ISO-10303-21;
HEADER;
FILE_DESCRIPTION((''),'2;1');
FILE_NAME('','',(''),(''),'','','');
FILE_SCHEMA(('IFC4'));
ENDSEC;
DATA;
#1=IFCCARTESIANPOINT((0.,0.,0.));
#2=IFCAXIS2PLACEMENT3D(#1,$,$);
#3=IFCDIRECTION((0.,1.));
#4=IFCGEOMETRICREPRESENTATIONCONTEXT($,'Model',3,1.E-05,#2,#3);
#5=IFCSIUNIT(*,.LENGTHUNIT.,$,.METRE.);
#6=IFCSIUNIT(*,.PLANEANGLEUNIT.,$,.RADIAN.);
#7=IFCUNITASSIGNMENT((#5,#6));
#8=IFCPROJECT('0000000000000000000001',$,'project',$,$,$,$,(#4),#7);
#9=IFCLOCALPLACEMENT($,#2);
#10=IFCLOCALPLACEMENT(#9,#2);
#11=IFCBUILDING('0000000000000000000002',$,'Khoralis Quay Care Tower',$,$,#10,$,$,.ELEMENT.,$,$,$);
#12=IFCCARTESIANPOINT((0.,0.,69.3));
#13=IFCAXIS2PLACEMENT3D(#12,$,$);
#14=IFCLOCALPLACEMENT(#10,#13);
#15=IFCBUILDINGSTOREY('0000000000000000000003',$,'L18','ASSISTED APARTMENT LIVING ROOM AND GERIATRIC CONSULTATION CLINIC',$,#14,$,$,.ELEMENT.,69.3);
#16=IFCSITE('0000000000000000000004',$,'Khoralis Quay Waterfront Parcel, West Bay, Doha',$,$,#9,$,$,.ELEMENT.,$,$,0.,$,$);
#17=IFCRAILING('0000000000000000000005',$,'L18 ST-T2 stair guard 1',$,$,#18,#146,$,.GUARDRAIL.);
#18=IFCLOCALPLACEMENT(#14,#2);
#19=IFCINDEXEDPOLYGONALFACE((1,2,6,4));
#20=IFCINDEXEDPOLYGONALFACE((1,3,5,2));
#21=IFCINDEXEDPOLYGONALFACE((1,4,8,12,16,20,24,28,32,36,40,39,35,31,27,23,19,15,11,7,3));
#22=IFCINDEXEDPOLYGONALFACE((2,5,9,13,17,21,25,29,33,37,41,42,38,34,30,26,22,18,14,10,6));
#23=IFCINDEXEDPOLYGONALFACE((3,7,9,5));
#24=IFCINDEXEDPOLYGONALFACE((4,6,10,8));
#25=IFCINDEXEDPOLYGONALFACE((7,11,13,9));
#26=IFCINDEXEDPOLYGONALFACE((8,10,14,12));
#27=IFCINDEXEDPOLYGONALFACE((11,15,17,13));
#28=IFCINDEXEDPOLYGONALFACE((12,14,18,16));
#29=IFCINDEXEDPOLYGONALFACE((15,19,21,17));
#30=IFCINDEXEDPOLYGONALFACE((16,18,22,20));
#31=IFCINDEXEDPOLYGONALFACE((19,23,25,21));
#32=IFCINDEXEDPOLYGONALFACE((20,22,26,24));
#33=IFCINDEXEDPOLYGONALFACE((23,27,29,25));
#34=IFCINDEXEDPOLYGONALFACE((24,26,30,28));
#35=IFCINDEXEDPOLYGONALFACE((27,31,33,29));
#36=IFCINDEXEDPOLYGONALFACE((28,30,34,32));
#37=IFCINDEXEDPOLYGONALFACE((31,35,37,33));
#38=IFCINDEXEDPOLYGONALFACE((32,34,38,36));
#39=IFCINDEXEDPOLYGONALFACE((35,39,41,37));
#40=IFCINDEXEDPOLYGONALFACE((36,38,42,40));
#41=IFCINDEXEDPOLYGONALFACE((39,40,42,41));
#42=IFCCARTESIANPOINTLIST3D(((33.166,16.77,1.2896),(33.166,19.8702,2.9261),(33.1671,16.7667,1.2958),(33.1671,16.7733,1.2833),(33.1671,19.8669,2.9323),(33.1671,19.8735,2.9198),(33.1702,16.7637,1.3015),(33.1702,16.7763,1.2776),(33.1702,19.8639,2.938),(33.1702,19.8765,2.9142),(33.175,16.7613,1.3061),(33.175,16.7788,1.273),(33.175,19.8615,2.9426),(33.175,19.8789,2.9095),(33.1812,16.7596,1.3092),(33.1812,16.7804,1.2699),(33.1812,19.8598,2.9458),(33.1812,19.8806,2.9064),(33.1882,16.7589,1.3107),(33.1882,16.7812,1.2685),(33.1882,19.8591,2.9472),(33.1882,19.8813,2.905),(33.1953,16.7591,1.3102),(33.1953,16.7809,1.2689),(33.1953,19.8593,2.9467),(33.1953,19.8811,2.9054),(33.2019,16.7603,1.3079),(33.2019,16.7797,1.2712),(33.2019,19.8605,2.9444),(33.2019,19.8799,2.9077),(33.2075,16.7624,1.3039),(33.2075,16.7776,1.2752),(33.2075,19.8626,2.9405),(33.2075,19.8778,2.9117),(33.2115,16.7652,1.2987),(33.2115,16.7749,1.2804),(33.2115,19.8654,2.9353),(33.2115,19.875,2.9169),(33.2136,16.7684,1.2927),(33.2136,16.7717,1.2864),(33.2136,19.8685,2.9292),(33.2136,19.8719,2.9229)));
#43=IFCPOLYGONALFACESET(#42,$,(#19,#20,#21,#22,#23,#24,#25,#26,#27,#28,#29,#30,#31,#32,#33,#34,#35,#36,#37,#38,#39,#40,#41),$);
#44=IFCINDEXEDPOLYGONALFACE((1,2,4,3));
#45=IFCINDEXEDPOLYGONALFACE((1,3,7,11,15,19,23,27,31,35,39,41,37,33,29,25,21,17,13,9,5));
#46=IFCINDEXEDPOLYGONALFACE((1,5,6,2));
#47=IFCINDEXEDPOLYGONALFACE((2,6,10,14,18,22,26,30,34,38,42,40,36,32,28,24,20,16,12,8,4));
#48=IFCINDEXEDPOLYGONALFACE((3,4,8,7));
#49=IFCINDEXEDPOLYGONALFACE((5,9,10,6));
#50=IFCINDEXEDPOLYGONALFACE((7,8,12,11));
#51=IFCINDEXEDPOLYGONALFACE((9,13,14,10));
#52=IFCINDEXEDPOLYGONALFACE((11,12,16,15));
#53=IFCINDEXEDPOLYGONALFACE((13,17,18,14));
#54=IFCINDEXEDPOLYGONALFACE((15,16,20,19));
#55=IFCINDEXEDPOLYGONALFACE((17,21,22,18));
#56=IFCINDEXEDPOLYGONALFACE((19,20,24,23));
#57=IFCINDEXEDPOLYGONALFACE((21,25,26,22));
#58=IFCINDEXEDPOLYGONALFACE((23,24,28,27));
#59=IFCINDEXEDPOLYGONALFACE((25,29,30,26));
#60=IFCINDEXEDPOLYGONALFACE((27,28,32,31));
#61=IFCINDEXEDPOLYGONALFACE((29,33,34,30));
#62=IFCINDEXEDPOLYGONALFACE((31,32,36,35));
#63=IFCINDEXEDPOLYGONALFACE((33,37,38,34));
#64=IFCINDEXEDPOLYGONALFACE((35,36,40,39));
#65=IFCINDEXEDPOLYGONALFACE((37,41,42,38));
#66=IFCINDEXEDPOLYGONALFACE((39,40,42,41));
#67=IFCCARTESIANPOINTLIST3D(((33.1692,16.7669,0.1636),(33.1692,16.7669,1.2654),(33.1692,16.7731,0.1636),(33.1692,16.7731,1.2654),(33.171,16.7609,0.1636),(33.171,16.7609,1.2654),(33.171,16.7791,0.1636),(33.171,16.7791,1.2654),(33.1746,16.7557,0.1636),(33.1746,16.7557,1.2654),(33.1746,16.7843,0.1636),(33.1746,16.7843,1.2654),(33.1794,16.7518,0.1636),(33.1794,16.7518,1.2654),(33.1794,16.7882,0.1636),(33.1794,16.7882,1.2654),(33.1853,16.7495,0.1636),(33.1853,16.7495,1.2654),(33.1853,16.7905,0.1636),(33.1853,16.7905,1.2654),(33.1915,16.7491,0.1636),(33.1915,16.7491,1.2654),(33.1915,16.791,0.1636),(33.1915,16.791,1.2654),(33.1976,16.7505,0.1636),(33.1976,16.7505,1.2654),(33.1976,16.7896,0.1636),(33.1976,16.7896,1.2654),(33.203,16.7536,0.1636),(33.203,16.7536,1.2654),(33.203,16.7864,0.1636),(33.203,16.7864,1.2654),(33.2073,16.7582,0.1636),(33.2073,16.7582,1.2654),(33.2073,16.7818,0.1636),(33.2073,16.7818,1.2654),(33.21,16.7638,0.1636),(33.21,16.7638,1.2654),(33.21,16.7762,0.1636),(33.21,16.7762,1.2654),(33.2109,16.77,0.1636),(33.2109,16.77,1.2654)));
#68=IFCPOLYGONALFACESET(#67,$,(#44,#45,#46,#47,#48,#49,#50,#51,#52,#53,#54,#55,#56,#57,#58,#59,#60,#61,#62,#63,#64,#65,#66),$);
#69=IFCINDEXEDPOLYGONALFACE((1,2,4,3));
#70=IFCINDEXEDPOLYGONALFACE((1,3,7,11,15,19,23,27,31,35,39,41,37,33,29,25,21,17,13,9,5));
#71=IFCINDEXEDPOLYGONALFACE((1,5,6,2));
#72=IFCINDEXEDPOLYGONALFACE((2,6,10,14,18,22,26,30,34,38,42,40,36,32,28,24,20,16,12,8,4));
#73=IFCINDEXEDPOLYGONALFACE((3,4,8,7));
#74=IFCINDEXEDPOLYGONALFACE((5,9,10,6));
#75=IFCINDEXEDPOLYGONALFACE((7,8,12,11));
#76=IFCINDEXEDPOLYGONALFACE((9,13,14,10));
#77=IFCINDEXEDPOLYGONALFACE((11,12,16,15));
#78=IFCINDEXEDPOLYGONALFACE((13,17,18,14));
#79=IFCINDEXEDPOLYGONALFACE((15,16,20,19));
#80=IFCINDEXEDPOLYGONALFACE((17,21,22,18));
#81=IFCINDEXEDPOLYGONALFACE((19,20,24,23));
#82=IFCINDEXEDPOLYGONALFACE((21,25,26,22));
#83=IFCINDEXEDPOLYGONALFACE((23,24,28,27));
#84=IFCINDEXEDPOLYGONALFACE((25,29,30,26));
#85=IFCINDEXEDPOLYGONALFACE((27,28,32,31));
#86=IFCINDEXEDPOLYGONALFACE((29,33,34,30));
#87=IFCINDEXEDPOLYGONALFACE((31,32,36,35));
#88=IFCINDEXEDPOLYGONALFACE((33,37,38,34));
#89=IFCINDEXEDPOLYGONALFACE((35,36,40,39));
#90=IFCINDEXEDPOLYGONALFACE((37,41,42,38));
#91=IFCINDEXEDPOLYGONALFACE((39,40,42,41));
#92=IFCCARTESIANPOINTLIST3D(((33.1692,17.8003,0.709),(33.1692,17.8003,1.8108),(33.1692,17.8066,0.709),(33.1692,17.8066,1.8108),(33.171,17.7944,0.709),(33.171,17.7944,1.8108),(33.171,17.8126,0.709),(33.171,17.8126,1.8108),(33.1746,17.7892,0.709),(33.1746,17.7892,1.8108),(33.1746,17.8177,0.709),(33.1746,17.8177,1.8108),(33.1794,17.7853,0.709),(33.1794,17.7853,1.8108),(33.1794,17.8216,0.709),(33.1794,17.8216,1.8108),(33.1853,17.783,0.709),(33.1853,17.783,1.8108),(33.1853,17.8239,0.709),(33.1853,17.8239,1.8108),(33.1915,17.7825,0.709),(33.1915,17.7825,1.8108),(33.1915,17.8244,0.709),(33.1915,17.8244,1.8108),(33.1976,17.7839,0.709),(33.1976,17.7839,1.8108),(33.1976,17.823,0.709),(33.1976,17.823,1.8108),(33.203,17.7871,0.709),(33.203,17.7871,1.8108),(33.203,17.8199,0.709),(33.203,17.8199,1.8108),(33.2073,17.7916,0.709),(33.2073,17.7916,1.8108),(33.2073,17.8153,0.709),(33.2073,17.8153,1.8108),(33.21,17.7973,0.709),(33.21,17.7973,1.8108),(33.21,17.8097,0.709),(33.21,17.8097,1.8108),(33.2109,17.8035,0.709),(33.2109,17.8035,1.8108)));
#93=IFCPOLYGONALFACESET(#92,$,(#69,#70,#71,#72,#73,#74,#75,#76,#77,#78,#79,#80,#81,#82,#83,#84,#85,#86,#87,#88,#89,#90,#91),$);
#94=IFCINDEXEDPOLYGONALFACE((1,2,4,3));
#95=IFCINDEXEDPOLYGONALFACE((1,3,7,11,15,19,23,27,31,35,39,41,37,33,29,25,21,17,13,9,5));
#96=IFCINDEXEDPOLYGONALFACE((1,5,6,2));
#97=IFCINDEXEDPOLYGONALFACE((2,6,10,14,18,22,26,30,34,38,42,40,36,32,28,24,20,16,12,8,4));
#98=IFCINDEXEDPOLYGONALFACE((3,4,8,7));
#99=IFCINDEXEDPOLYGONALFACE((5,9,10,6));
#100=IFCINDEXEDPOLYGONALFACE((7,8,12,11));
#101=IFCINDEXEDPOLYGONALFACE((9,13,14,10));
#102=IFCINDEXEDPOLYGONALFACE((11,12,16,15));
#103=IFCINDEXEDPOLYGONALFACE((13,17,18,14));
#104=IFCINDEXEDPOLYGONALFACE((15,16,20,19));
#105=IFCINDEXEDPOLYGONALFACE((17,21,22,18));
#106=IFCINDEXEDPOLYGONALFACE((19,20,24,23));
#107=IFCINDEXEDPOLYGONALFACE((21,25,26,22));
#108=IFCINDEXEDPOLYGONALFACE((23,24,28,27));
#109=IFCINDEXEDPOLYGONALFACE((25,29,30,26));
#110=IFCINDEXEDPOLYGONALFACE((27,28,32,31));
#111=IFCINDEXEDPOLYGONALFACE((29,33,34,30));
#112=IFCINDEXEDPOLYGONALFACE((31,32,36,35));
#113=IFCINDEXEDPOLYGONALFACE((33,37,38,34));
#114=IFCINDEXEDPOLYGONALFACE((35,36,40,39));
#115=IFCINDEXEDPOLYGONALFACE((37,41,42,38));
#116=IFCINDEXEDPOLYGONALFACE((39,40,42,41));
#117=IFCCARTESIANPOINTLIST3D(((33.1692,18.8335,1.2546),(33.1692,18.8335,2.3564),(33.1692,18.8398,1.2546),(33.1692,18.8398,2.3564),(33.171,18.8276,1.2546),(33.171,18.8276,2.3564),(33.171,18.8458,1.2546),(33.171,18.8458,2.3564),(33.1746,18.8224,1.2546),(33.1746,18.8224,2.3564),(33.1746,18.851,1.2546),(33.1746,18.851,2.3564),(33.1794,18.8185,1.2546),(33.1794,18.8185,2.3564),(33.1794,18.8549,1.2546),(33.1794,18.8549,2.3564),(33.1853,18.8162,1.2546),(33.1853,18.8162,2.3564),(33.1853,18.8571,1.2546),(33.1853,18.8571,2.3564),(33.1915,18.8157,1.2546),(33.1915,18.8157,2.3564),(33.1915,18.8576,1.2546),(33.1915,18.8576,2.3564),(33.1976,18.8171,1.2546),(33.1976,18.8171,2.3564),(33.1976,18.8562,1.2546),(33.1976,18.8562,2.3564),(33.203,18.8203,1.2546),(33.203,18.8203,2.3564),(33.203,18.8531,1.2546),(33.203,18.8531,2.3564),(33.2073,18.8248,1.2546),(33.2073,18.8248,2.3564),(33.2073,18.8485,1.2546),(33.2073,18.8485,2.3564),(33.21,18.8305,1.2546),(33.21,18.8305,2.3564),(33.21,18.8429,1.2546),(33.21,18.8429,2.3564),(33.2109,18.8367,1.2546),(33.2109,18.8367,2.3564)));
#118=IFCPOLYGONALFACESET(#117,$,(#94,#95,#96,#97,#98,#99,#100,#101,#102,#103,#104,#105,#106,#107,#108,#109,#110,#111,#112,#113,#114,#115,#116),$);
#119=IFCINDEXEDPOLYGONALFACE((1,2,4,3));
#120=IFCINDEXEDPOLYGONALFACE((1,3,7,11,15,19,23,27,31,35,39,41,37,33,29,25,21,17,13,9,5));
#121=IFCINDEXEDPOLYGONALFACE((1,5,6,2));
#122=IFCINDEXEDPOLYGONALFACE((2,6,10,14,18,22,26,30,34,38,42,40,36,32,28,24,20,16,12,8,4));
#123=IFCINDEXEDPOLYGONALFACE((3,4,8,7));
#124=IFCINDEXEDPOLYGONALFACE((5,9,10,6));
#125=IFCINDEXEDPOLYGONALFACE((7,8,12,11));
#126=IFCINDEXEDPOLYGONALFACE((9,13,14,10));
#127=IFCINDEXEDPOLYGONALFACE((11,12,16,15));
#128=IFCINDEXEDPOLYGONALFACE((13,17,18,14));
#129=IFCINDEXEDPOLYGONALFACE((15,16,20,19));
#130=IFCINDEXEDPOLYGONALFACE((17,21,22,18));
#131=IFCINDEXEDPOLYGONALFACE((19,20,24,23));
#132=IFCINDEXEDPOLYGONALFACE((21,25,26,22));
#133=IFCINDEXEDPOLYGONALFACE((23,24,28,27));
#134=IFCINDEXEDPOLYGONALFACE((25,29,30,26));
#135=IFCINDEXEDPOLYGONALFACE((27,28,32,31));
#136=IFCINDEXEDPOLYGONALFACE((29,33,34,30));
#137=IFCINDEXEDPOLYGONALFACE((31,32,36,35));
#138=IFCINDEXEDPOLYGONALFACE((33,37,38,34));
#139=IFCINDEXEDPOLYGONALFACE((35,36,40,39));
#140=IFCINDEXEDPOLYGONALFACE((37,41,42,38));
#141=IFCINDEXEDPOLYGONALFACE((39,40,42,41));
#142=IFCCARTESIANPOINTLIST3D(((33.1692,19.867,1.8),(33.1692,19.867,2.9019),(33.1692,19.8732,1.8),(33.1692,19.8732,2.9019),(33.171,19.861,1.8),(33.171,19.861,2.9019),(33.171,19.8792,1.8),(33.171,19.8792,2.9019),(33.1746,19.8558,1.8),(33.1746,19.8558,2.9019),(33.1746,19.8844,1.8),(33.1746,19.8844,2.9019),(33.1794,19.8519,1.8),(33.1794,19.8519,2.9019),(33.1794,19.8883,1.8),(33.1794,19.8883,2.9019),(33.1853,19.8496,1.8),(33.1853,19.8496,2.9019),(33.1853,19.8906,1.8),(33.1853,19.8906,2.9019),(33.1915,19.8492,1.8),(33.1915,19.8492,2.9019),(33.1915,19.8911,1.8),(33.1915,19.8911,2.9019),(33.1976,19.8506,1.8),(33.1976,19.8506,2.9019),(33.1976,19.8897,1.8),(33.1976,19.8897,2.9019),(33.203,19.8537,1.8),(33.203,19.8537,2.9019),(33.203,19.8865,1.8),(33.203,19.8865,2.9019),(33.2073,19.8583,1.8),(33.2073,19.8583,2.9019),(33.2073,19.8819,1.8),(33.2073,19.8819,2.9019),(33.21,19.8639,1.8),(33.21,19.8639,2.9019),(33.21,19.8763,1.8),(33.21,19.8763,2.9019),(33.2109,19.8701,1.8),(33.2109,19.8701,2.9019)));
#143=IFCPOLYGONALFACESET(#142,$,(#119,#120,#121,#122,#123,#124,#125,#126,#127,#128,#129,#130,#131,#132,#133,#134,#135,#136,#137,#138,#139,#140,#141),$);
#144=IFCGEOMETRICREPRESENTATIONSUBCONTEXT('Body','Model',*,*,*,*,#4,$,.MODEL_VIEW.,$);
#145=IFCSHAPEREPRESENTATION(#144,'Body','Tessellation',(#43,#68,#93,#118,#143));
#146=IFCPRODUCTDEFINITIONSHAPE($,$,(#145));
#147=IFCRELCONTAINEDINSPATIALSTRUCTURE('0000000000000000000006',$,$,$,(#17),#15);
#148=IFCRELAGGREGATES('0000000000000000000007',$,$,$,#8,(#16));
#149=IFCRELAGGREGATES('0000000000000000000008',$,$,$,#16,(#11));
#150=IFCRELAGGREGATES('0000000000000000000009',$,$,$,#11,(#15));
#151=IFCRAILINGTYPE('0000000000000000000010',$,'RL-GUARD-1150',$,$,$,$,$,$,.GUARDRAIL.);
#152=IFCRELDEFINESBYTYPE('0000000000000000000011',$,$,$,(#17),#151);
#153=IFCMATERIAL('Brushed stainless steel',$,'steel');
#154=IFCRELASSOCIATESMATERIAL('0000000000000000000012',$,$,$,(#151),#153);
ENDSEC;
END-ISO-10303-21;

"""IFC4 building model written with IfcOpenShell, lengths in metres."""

from ifc_helpers import new_model, si_unit, direction, frame, origin, origin_2d, place, context, subcontext, project, spatial, circle, extrude, material, type_object, element, save


model = new_model("IFC4")

# Units and contexts
model_context = context("Model", 3, precision=1e-05, world=origin(), true_north=direction((0.0, 1.0)))
body_context = subcontext(model_context, "Body", "Model", "MODEL_VIEW")
ifc_project = project(units=[si_unit("LENGTHUNIT", "METRE"), si_unit("PLANEANGLEUNIT", "RADIAN")], contexts=[model_context])

# Site, building, storey
site_placement = place(None, origin())
site = spatial("IfcSite", under=ifc_project, at=site_placement, Name="Khoralis Quay Waterfront Parcel, West Bay, Doha", CompositionType="ELEMENT", RefElevation=0.0)
building_placement = place(site_placement, origin())
building = spatial("IfcBuilding", under=site, at=building_placement, Name="Khoralis Quay Care Tower", CompositionType="ELEMENT")
storey_placement = place(building_placement, frame((0.0, 0.0, 69.3)))
storey = spatial("IfcBuildingStorey", under=building, at=storey_placement, Name="L18", Description="ASSISTED APARTMENT LIVING ROOM AND GERIATRIC CONSULTATION CLINIC", CompositionType="ELEMENT", Elevation=69.3)

# Shared definitions
ifc_material_1 = material(Name="Brushed stainless steel", Category="steel")

# Railing
railing_type_1 = type_object("IfcRailingType", Name="RL-GUARD-1150", PredefinedType="GUARDRAIL", material=ifc_material_1)
railing_1_placement = place(storey_placement, frame((33.1899, 16.77, 0.1636)))
element("IfcRailing", 1, at=railing_1_placement, inside=storey, type_object=railing_type_1, Name="L18 ST-T2 stair guard 1", PredefinedType="GUARDRAIL", context=body_context, shape_type="SweptSolid", body=[
    extrude(circle(Radius=0.0239, at=origin_2d()), frame((0.0, 0.0, 1.126), z_axis=(0.0, 0.884348, 0.466828), x_axis=(-1.0, 0.0, 0.0)), (0.0, 0.0, 1.0), 3.5056),
    extrude(circle(Radius=0.021, at=origin_2d()), origin(), (0.0, 0.0, 1.0), 1.1018),
    extrude(circle(Radius=0.021, at=origin_2d()), frame((0.0, 1.0334, 0.5454)), (0.0, 0.0, 1.0), 1.1018),
    extrude(circle(Radius=0.021, at=origin_2d()), frame((0.0, 2.0667, 1.0911)), (0.0, 0.0, 1.0), 1.1018),
    extrude(circle(Radius=0.021, at=origin_2d()), frame((0.0, 3.1001, 1.6365)), (0.0, 0.0, 1.0), 1.1018),
])

save(model, "model.ifc")
